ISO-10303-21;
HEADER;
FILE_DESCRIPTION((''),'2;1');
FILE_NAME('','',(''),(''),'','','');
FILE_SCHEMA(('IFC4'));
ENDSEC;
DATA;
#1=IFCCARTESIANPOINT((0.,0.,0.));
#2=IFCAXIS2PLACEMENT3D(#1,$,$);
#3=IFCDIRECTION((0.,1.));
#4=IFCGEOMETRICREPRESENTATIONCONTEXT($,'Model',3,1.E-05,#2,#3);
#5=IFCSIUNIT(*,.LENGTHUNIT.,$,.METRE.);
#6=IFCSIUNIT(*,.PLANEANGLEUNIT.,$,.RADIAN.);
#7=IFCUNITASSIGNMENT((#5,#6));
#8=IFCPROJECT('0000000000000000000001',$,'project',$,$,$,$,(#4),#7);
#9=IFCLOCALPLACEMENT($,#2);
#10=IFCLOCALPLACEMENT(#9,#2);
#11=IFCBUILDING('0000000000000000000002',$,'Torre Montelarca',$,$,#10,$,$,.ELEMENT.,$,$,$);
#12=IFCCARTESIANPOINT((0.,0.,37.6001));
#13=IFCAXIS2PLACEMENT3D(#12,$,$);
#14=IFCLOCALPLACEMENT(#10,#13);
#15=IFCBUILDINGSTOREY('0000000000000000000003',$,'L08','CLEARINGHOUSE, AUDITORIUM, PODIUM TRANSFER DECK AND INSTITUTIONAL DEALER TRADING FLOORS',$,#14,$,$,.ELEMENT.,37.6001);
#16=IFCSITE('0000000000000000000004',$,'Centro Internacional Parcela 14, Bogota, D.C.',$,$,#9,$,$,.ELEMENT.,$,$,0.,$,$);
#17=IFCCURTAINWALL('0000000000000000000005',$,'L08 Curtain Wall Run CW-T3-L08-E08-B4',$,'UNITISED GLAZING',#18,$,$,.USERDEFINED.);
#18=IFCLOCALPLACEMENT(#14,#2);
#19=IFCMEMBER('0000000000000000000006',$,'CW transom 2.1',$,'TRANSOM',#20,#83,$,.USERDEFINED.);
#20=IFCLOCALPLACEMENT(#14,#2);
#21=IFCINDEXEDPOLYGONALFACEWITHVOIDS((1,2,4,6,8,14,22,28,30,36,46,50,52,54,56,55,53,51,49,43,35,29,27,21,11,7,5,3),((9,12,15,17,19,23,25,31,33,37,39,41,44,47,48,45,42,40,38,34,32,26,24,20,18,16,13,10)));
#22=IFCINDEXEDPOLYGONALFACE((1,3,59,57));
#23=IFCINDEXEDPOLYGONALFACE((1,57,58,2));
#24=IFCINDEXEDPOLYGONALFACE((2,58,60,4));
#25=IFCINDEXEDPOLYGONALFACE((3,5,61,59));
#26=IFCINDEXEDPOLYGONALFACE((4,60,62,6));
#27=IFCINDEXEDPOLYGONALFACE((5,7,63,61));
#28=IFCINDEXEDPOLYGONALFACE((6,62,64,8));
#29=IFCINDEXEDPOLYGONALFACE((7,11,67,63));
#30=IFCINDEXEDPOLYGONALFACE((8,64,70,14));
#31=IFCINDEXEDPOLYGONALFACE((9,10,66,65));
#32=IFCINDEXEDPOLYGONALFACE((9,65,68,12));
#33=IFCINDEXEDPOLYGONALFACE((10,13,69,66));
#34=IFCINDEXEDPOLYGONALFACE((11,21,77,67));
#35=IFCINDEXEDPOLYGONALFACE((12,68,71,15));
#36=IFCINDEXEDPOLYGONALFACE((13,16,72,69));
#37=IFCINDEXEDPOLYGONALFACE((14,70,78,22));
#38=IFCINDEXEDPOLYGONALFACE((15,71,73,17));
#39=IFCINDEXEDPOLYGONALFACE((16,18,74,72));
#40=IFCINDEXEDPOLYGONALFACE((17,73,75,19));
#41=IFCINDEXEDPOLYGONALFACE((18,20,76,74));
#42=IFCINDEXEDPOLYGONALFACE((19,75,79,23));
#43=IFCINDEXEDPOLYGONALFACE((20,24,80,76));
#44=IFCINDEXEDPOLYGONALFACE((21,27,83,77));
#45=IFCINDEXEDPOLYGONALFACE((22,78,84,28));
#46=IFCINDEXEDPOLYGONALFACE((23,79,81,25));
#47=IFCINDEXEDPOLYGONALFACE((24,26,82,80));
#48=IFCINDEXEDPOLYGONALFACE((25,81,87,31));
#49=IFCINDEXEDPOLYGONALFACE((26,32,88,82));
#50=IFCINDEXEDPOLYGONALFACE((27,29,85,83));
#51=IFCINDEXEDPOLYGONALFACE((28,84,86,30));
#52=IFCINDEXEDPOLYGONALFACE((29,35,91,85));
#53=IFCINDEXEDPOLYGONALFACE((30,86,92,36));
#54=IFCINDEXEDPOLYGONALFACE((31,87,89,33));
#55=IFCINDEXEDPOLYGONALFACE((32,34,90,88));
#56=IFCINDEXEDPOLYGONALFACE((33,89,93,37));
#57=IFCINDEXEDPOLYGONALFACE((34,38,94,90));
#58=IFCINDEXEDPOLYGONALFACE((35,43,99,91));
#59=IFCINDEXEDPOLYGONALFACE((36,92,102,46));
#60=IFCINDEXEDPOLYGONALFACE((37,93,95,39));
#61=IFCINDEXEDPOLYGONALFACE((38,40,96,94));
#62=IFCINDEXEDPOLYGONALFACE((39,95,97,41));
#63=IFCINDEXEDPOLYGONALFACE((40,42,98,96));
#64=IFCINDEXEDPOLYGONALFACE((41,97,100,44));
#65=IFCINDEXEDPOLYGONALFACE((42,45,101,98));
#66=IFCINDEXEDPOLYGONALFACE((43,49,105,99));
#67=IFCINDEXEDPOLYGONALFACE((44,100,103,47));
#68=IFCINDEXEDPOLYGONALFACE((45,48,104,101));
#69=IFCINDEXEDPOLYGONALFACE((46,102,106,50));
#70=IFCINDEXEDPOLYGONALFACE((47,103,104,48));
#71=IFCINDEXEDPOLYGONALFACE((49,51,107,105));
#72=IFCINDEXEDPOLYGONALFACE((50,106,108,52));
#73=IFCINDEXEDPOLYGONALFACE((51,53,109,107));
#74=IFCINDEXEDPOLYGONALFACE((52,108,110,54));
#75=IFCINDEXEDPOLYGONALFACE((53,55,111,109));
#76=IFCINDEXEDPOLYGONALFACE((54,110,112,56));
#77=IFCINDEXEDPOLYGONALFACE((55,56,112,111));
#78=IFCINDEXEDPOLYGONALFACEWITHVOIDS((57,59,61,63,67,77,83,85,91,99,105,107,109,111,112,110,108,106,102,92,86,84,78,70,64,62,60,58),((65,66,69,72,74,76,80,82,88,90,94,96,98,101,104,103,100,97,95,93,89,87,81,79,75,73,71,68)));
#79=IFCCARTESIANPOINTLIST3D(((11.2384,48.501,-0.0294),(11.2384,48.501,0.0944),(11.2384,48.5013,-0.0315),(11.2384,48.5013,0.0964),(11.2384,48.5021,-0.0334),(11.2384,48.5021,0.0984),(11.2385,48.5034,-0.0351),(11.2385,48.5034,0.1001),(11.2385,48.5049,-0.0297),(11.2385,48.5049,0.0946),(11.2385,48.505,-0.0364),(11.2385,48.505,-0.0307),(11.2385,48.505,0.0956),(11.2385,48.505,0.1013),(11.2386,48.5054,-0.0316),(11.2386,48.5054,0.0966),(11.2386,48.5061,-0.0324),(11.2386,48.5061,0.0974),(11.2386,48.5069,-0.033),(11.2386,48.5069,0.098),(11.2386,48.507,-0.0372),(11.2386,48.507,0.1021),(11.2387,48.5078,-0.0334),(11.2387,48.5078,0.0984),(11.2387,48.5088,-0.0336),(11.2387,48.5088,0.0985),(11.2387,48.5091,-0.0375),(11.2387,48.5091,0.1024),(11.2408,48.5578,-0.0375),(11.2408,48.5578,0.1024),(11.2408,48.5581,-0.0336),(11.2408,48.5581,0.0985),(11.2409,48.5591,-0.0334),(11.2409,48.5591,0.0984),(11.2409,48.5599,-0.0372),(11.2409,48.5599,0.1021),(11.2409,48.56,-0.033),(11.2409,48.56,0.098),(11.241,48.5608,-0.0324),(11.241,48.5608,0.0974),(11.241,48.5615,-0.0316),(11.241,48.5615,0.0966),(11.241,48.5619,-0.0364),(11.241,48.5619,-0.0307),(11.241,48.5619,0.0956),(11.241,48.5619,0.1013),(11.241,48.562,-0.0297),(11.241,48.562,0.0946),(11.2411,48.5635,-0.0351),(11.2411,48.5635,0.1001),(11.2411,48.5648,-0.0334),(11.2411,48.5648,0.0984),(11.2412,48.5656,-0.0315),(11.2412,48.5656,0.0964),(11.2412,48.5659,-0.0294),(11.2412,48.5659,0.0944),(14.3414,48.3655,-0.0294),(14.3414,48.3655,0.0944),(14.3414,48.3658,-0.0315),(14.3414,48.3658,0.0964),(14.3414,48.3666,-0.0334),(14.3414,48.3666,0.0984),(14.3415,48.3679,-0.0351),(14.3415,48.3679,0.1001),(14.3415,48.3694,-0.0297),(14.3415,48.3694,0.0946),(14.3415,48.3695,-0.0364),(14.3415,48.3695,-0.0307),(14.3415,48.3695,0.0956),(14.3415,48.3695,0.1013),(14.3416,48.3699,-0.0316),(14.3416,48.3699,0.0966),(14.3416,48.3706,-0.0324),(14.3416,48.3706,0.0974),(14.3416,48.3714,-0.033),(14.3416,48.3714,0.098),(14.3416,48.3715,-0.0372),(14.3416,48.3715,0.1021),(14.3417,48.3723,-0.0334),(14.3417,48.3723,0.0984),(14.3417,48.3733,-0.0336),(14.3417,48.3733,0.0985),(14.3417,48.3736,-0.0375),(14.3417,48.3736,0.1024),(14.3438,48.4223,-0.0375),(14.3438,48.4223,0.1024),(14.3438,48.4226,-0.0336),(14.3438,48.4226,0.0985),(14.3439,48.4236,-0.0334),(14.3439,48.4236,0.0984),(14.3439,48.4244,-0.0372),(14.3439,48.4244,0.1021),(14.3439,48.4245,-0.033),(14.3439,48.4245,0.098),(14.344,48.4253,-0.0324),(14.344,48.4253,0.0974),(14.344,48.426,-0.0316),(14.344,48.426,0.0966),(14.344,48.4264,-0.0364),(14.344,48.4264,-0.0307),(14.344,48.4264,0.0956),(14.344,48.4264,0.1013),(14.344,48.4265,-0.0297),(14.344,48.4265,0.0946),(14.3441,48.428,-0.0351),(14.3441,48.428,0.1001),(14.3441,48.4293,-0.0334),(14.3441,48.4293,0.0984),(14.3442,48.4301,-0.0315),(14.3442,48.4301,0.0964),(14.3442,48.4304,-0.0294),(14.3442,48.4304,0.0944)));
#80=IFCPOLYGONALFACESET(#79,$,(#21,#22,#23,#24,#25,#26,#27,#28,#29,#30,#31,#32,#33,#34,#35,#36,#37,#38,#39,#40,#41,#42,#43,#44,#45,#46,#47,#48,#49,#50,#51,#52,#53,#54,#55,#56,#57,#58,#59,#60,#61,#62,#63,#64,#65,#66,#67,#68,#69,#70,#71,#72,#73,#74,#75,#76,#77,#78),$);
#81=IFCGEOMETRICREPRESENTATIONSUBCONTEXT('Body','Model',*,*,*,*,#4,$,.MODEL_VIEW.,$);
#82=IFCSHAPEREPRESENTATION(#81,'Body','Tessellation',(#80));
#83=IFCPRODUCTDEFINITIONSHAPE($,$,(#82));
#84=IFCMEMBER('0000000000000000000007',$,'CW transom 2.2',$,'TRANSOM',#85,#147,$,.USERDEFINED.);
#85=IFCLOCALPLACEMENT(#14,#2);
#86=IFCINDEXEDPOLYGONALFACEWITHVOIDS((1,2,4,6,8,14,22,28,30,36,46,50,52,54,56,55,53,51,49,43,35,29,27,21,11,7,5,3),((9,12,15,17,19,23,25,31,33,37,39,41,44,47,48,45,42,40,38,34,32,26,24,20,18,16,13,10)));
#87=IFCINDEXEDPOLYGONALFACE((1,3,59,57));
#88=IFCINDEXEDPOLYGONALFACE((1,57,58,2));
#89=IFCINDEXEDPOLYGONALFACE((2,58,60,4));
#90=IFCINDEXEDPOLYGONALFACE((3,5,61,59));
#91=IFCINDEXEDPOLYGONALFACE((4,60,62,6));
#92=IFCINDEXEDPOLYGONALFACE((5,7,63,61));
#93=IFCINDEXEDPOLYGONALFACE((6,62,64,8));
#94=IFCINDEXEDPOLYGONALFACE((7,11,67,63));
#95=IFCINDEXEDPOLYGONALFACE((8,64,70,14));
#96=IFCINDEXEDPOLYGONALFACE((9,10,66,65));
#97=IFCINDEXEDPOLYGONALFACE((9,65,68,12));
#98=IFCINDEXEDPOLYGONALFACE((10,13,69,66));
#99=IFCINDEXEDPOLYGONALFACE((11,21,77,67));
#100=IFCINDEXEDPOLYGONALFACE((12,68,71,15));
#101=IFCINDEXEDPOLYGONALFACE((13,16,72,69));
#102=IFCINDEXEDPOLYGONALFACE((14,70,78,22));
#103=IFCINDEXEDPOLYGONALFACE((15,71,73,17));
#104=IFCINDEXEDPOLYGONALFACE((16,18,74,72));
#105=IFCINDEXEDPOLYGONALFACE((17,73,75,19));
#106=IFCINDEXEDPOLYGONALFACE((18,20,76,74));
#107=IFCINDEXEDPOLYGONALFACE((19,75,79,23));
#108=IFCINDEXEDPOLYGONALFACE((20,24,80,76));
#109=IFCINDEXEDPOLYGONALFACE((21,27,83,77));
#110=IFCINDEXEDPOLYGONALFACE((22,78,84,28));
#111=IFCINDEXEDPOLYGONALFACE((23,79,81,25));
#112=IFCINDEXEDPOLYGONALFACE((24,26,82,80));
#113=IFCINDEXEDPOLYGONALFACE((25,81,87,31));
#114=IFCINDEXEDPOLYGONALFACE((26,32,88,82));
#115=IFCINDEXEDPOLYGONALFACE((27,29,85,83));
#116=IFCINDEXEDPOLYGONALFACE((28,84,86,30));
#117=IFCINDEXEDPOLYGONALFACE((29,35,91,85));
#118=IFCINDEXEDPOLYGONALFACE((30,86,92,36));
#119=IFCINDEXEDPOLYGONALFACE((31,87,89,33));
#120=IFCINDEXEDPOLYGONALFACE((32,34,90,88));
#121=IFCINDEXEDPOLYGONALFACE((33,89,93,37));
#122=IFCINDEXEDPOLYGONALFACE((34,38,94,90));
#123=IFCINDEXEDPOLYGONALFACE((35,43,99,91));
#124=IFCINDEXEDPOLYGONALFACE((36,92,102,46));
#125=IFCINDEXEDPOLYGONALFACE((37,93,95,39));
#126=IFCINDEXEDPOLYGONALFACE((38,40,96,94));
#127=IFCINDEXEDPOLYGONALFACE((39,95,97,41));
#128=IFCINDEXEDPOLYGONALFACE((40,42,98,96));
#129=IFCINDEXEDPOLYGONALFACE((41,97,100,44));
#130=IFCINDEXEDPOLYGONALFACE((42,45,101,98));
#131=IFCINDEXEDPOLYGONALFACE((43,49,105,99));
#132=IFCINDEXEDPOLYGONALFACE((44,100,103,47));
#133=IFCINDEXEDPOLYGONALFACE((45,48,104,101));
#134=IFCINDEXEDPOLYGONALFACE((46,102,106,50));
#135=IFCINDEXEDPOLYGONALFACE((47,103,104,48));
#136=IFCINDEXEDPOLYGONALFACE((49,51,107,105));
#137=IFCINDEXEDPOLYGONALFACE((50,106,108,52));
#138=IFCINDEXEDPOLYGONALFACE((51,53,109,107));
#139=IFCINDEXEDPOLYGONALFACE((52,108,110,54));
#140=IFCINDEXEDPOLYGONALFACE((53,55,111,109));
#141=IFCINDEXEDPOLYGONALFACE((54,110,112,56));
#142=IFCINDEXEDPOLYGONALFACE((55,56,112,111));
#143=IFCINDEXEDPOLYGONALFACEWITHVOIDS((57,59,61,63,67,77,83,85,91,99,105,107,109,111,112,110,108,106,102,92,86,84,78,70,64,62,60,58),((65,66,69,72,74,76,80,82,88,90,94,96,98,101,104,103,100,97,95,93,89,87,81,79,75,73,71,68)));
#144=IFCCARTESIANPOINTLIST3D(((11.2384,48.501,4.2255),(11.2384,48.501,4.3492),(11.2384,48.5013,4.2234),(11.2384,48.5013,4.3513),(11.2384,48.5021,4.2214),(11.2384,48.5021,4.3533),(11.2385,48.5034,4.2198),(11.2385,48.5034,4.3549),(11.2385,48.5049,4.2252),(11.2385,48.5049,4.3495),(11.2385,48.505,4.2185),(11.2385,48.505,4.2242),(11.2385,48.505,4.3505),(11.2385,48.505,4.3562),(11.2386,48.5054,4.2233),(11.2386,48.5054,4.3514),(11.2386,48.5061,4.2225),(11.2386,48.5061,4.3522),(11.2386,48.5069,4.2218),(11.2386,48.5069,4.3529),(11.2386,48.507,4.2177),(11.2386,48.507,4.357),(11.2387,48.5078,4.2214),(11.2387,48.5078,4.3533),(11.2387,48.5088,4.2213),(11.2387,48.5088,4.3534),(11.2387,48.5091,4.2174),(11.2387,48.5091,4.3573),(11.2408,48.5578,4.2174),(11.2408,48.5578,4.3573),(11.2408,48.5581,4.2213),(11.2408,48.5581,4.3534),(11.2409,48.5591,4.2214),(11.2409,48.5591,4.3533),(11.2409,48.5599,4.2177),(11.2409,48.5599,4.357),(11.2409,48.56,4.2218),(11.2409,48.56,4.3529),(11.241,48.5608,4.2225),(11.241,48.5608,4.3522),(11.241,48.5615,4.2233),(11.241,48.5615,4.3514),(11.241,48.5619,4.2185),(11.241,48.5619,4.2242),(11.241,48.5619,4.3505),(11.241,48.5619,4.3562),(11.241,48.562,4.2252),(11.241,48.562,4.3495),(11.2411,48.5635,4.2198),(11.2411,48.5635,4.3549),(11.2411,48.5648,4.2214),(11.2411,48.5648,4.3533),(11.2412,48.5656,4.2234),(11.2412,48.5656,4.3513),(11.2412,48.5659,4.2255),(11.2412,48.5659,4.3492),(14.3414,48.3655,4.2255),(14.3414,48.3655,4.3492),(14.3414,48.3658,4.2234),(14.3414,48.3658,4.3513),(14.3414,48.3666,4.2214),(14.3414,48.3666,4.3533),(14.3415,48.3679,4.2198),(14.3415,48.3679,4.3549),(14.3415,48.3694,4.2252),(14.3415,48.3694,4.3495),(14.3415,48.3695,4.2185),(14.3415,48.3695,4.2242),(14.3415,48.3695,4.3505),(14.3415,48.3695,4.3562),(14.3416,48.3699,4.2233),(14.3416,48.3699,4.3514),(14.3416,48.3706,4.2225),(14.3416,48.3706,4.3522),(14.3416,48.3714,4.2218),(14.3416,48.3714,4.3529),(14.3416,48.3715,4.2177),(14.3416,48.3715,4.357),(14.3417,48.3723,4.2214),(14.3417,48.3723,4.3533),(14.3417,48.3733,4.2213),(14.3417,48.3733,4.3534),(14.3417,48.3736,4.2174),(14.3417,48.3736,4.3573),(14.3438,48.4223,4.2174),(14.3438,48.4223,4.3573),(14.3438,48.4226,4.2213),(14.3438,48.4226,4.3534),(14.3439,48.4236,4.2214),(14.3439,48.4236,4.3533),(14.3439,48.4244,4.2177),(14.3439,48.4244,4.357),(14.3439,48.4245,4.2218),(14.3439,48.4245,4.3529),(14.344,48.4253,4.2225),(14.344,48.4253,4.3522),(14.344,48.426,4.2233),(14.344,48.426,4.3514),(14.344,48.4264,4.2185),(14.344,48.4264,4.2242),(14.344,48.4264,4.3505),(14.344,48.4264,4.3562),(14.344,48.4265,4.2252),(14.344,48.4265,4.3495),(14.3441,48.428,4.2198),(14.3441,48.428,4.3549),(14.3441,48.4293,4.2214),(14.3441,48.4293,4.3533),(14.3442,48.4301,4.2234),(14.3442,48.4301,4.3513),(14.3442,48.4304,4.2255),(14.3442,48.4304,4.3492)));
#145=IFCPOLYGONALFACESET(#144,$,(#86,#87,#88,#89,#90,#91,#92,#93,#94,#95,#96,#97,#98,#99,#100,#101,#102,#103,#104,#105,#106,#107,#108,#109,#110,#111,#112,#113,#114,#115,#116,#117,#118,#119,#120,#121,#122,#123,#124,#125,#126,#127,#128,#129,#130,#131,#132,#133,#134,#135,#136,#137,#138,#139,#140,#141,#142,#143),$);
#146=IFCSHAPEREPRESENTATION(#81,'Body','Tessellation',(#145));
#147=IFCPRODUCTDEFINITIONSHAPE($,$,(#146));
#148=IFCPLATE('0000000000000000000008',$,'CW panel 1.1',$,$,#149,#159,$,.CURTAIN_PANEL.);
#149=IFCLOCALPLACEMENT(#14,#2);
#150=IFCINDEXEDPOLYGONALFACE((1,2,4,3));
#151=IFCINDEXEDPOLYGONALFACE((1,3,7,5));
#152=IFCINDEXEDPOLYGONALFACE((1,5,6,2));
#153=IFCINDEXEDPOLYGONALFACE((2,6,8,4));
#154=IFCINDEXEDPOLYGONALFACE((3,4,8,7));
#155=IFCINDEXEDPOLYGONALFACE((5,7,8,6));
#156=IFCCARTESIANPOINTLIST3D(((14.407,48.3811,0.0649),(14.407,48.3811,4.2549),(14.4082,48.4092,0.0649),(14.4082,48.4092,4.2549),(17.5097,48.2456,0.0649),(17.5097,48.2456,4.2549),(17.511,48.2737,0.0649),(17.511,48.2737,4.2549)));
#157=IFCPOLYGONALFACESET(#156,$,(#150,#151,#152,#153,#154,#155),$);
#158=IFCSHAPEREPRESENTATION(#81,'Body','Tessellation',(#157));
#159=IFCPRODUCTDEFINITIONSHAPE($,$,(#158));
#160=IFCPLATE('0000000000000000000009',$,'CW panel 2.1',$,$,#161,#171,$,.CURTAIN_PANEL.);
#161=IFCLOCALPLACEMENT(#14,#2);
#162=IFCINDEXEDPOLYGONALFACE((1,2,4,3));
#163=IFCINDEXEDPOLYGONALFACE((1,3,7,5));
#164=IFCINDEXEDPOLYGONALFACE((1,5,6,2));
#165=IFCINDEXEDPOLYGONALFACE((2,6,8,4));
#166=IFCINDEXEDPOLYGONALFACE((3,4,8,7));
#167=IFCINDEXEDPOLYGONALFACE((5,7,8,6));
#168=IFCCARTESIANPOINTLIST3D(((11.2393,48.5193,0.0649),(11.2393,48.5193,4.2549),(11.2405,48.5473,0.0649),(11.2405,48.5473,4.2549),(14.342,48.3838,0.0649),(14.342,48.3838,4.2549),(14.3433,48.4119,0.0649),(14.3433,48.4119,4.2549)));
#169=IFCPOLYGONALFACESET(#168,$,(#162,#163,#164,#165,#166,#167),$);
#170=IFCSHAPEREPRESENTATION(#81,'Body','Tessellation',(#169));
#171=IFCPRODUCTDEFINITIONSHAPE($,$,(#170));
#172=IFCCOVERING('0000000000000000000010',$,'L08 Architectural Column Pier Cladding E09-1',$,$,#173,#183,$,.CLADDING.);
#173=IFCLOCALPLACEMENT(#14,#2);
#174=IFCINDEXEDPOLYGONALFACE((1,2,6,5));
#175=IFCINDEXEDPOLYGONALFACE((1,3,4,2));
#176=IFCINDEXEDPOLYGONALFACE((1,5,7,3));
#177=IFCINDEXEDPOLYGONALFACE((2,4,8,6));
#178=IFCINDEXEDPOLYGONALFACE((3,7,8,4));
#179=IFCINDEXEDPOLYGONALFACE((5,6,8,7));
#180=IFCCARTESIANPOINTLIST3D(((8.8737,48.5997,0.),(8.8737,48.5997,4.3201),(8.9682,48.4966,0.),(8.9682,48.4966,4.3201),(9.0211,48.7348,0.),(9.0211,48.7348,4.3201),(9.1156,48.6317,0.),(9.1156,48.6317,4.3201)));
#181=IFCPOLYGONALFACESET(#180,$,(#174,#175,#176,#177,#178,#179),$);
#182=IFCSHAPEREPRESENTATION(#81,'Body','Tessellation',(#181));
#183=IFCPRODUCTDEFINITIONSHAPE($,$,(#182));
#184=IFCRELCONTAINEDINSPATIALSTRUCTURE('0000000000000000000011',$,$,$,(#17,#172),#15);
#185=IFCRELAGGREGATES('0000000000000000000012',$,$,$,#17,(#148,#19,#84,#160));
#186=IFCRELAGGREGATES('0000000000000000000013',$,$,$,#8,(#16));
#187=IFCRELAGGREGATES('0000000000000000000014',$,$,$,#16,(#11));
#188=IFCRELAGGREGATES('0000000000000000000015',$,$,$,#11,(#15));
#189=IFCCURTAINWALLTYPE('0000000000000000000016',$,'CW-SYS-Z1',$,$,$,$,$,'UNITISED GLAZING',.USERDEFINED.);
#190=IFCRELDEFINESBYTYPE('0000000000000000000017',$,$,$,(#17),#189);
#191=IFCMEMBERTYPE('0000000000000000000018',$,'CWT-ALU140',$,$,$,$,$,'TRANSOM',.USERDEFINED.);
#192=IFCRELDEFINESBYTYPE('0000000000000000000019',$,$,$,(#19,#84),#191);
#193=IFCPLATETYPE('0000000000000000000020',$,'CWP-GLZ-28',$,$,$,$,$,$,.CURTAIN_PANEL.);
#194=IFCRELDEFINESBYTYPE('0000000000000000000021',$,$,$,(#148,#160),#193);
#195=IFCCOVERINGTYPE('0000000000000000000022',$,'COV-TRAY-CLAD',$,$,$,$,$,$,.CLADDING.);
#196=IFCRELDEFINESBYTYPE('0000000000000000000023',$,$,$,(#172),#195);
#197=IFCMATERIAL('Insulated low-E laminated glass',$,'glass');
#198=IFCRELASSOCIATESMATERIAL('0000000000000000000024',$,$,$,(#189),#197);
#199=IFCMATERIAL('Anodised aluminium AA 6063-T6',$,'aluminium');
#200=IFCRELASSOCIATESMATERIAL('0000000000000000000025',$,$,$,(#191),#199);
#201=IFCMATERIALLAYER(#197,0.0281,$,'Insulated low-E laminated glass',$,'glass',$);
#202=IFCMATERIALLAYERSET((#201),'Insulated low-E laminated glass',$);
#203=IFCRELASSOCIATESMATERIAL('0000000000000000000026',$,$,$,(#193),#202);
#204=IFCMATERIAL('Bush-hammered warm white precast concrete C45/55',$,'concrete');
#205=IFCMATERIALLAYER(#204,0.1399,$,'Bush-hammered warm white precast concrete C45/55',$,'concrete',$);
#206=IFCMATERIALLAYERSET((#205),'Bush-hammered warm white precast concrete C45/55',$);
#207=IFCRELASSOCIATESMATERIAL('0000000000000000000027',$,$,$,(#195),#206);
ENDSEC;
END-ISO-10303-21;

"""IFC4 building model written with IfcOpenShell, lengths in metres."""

from ifc_helpers import new_model, si_unit, direction, frame, origin, origin_2d, place, context, subcontext, project, spatial, rectangle, hollow_rectangle, extrude, source, transform, mapped, material, layer, layer_set, material_profile, profile_set, type_object, element, aggregate, save


model = new_model("IFC4")

# Units and contexts
model_context = context("Model", 3, precision=1e-05, world=origin(), true_north=direction((0.0, 1.0)))
body_context = subcontext(model_context, "Body", "Model", "MODEL_VIEW")
ifc_project = project(units=[si_unit("LENGTHUNIT", "METRE"), si_unit("PLANEANGLEUNIT", "RADIAN")], contexts=[model_context])

# Site, building, storey
site_placement = place(None, origin())
site = spatial("IfcSite", under=ifc_project, at=site_placement, Name="Centro Internacional Parcela 14, Bogota, D.C.", CompositionType="ELEMENT", RefElevation=0.0)
building_placement = place(site_placement, origin())
building = spatial("IfcBuilding", under=site, at=building_placement, Name="Torre Montelarca", CompositionType="ELEMENT")
storey_placement = place(building_placement, frame((0.0, 0.0, 37.6001)))
storey = spatial("IfcBuildingStorey", under=building, at=storey_placement, Name="L08", Description="CLEARINGHOUSE, AUDITORIUM, PODIUM TRANSFER DECK AND INSTITUTIONAL DEALER TRADING FLOORS", CompositionType="ELEMENT", Elevation=37.6001)

# Shared definitions
ifc_material_1 = material(Name="Insulated low-E laminated glass", Category="glass")
curtain_wall_type = type_object("IfcCurtainWallType", Name="CW-SYS-Z1", ElementType="UNITISED GLAZING", PredefinedType="USERDEFINED", material=ifc_material_1)
ifc_material_2 = material(Name="Anodised aluminium AA 6063-T6", Category="aluminium")
ifc_material_profile_1 = material_profile(ifc_material_2, hollow_rectangle(XDim=0.0649, YDim=0.1399, WallThickness=0.0039, InnerFilletRadius=0.0039, OuterFilletRadius=0.0081, at=origin_2d()), Name="ALU65X140X4", Category="aluminium")
ifc_profile_set_1 = profile_set([ifc_material_profile_1], Name="Anodised aluminium AA 6063-T6")
member_type_1 = type_object("IfcMemberType", Name="CWT-ALU140", ElementType="TRANSOM", PredefinedType="USERDEFINED", material=ifc_profile_set_1)

# Curtain wall
curtain_wall_1_placement = place(storey_placement, origin())
curtain_wall_1 = element("IfcCurtainWall", 1, at=curtain_wall_1_placement, inside=storey, type_object=curtain_wall_type, Name="L08 Curtain Wall Run CW-T3-L08-E08-B4", ObjectType="UNITISED GLAZING", PredefinedType="USERDEFINED")

# Members
shared_shape_1 = source(origin(), body_context, "Body", "SweptSolid", [
    extrude(hollow_rectangle(XDim=0.0649, YDim=0.1399, WallThickness=0.0039, InnerFilletRadius=0.0039, OuterFilletRadius=0.0081, at=origin_2d()), origin(), (0.0, 0.0, 1.0), 3.106),
])
member_1_placement = place(storey_placement, frame((14.3428, 48.3979, 0.0325), z_axis=(-0.999048, 0.043625, 0.0), x_axis=(-0.043625, -0.999048, 0.0)))
member_1 = element("IfcMember", 2, at=member_1_placement, type_object=member_type_1, Name="CW transom 2.1", ObjectType="TRANSOM", PredefinedType="USERDEFINED", context=body_context, shape_type="MappedRepresentation", body=[
    mapped(shared_shape_1, transform((0.0, 0.0, 0.0), scale=1.0)),
])
member_2_placement = place(storey_placement, frame((14.3428, 48.3979, 4.2874), z_axis=(-0.999048, 0.043625, 0.0), x_axis=(-0.043625, -0.999048, 0.0)))
member_2 = element("IfcMember", 3, at=member_2_placement, type_object=member_type_1, Name="CW transom 2.2", ObjectType="TRANSOM", PredefinedType="USERDEFINED", context=body_context, shape_type="MappedRepresentation", body=[
    mapped(shared_shape_1, transform((0.0, 0.0, 0.0), scale=1.0)),
])

# Plates
ifc_layer_1 = layer(ifc_material_1, 0.0281, Name="Insulated low-E laminated glass", Category="glass")
ifc_layer_set_1 = layer_set([ifc_layer_1], Name="Insulated low-E laminated glass")
plate_type = type_object("IfcPlateType", Name="CWP-GLZ-28", PredefinedType="CURTAIN_PANEL", material=ifc_layer_set_1)
shared_shape_2 = source(origin(), body_context, "Body", "SweptSolid", [
    extrude(rectangle(XDim=3.1057, YDim=0.0281, at=origin_2d()), origin(), (0.0, 0.0, 1.0), 4.1899),
])
plate_1_placement = place(storey_placement, frame((15.959, 48.3274, 0.0649), z_axis=(0.0, 0.0, 1.0), x_axis=(-0.999048, 0.043627, 0.0)))
plate_1 = element("IfcPlate", 4, at=plate_1_placement, type_object=plate_type, Name="CW panel 1.1", PredefinedType="CURTAIN_PANEL", context=body_context, shape_type="MappedRepresentation", body=[
    mapped(shared_shape_2, transform((0.0, 0.0, 0.0), scale=1.0)),
])
plate_2_placement = place(storey_placement, frame((12.7913, 48.4656, 0.0649), z_axis=(0.0, 0.0, 1.0), x_axis=(-0.999048, 0.043627, 0.0)))
plate_2 = element("IfcPlate", 5, at=plate_2_placement, type_object=plate_type, Name="CW panel 2.1", PredefinedType="CURTAIN_PANEL", context=body_context, shape_type="MappedRepresentation", body=[
    mapped(shared_shape_2, transform((0.0, 0.0, 0.0), scale=1.0)),
])
aggregate(curtain_wall_1, [plate_1, member_1, member_2, plate_2])

# Covering
ifc_material_3 = material(Name="Bush-hammered warm white precast concrete C45/55", Category="concrete")
ifc_layer_2 = layer(ifc_material_3, 0.1399, Name="Bush-hammered warm white precast concrete C45/55", Category="concrete")
ifc_layer_set_2 = layer_set([ifc_layer_2], Name="Bush-hammered warm white precast concrete C45/55")
covering_type = type_object("IfcCoveringType", Name="COV-TRAY-CLAD", PredefinedType="CLADDING", material=ifc_layer_set_2)
shared_shape_3 = source(origin(), body_context, "Body", "SweptSolid", [
    extrude(rectangle(XDim=0.2, YDim=0.1399, at=origin_2d()), origin(), (0.0, 0.0, 1.0), 4.3201),
])
covering_1_placement = place(storey_placement, frame((8.9946, 48.6157, 0.0), z_axis=(0.0, 0.0, 1.0), x_axis=(-0.737273, -0.675595, 0.0)))
element("IfcCovering", 6, at=covering_1_placement, inside=storey, type_object=covering_type, Name="L08 Architectural Column Pier Cladding E09-1", PredefinedType="CLADDING", context=body_context, shape_type="MappedRepresentation", body=[
    mapped(shared_shape_3, transform((0.0, 0.0, 0.0), scale=1.0)),
])

save(model, "model.ifc")
